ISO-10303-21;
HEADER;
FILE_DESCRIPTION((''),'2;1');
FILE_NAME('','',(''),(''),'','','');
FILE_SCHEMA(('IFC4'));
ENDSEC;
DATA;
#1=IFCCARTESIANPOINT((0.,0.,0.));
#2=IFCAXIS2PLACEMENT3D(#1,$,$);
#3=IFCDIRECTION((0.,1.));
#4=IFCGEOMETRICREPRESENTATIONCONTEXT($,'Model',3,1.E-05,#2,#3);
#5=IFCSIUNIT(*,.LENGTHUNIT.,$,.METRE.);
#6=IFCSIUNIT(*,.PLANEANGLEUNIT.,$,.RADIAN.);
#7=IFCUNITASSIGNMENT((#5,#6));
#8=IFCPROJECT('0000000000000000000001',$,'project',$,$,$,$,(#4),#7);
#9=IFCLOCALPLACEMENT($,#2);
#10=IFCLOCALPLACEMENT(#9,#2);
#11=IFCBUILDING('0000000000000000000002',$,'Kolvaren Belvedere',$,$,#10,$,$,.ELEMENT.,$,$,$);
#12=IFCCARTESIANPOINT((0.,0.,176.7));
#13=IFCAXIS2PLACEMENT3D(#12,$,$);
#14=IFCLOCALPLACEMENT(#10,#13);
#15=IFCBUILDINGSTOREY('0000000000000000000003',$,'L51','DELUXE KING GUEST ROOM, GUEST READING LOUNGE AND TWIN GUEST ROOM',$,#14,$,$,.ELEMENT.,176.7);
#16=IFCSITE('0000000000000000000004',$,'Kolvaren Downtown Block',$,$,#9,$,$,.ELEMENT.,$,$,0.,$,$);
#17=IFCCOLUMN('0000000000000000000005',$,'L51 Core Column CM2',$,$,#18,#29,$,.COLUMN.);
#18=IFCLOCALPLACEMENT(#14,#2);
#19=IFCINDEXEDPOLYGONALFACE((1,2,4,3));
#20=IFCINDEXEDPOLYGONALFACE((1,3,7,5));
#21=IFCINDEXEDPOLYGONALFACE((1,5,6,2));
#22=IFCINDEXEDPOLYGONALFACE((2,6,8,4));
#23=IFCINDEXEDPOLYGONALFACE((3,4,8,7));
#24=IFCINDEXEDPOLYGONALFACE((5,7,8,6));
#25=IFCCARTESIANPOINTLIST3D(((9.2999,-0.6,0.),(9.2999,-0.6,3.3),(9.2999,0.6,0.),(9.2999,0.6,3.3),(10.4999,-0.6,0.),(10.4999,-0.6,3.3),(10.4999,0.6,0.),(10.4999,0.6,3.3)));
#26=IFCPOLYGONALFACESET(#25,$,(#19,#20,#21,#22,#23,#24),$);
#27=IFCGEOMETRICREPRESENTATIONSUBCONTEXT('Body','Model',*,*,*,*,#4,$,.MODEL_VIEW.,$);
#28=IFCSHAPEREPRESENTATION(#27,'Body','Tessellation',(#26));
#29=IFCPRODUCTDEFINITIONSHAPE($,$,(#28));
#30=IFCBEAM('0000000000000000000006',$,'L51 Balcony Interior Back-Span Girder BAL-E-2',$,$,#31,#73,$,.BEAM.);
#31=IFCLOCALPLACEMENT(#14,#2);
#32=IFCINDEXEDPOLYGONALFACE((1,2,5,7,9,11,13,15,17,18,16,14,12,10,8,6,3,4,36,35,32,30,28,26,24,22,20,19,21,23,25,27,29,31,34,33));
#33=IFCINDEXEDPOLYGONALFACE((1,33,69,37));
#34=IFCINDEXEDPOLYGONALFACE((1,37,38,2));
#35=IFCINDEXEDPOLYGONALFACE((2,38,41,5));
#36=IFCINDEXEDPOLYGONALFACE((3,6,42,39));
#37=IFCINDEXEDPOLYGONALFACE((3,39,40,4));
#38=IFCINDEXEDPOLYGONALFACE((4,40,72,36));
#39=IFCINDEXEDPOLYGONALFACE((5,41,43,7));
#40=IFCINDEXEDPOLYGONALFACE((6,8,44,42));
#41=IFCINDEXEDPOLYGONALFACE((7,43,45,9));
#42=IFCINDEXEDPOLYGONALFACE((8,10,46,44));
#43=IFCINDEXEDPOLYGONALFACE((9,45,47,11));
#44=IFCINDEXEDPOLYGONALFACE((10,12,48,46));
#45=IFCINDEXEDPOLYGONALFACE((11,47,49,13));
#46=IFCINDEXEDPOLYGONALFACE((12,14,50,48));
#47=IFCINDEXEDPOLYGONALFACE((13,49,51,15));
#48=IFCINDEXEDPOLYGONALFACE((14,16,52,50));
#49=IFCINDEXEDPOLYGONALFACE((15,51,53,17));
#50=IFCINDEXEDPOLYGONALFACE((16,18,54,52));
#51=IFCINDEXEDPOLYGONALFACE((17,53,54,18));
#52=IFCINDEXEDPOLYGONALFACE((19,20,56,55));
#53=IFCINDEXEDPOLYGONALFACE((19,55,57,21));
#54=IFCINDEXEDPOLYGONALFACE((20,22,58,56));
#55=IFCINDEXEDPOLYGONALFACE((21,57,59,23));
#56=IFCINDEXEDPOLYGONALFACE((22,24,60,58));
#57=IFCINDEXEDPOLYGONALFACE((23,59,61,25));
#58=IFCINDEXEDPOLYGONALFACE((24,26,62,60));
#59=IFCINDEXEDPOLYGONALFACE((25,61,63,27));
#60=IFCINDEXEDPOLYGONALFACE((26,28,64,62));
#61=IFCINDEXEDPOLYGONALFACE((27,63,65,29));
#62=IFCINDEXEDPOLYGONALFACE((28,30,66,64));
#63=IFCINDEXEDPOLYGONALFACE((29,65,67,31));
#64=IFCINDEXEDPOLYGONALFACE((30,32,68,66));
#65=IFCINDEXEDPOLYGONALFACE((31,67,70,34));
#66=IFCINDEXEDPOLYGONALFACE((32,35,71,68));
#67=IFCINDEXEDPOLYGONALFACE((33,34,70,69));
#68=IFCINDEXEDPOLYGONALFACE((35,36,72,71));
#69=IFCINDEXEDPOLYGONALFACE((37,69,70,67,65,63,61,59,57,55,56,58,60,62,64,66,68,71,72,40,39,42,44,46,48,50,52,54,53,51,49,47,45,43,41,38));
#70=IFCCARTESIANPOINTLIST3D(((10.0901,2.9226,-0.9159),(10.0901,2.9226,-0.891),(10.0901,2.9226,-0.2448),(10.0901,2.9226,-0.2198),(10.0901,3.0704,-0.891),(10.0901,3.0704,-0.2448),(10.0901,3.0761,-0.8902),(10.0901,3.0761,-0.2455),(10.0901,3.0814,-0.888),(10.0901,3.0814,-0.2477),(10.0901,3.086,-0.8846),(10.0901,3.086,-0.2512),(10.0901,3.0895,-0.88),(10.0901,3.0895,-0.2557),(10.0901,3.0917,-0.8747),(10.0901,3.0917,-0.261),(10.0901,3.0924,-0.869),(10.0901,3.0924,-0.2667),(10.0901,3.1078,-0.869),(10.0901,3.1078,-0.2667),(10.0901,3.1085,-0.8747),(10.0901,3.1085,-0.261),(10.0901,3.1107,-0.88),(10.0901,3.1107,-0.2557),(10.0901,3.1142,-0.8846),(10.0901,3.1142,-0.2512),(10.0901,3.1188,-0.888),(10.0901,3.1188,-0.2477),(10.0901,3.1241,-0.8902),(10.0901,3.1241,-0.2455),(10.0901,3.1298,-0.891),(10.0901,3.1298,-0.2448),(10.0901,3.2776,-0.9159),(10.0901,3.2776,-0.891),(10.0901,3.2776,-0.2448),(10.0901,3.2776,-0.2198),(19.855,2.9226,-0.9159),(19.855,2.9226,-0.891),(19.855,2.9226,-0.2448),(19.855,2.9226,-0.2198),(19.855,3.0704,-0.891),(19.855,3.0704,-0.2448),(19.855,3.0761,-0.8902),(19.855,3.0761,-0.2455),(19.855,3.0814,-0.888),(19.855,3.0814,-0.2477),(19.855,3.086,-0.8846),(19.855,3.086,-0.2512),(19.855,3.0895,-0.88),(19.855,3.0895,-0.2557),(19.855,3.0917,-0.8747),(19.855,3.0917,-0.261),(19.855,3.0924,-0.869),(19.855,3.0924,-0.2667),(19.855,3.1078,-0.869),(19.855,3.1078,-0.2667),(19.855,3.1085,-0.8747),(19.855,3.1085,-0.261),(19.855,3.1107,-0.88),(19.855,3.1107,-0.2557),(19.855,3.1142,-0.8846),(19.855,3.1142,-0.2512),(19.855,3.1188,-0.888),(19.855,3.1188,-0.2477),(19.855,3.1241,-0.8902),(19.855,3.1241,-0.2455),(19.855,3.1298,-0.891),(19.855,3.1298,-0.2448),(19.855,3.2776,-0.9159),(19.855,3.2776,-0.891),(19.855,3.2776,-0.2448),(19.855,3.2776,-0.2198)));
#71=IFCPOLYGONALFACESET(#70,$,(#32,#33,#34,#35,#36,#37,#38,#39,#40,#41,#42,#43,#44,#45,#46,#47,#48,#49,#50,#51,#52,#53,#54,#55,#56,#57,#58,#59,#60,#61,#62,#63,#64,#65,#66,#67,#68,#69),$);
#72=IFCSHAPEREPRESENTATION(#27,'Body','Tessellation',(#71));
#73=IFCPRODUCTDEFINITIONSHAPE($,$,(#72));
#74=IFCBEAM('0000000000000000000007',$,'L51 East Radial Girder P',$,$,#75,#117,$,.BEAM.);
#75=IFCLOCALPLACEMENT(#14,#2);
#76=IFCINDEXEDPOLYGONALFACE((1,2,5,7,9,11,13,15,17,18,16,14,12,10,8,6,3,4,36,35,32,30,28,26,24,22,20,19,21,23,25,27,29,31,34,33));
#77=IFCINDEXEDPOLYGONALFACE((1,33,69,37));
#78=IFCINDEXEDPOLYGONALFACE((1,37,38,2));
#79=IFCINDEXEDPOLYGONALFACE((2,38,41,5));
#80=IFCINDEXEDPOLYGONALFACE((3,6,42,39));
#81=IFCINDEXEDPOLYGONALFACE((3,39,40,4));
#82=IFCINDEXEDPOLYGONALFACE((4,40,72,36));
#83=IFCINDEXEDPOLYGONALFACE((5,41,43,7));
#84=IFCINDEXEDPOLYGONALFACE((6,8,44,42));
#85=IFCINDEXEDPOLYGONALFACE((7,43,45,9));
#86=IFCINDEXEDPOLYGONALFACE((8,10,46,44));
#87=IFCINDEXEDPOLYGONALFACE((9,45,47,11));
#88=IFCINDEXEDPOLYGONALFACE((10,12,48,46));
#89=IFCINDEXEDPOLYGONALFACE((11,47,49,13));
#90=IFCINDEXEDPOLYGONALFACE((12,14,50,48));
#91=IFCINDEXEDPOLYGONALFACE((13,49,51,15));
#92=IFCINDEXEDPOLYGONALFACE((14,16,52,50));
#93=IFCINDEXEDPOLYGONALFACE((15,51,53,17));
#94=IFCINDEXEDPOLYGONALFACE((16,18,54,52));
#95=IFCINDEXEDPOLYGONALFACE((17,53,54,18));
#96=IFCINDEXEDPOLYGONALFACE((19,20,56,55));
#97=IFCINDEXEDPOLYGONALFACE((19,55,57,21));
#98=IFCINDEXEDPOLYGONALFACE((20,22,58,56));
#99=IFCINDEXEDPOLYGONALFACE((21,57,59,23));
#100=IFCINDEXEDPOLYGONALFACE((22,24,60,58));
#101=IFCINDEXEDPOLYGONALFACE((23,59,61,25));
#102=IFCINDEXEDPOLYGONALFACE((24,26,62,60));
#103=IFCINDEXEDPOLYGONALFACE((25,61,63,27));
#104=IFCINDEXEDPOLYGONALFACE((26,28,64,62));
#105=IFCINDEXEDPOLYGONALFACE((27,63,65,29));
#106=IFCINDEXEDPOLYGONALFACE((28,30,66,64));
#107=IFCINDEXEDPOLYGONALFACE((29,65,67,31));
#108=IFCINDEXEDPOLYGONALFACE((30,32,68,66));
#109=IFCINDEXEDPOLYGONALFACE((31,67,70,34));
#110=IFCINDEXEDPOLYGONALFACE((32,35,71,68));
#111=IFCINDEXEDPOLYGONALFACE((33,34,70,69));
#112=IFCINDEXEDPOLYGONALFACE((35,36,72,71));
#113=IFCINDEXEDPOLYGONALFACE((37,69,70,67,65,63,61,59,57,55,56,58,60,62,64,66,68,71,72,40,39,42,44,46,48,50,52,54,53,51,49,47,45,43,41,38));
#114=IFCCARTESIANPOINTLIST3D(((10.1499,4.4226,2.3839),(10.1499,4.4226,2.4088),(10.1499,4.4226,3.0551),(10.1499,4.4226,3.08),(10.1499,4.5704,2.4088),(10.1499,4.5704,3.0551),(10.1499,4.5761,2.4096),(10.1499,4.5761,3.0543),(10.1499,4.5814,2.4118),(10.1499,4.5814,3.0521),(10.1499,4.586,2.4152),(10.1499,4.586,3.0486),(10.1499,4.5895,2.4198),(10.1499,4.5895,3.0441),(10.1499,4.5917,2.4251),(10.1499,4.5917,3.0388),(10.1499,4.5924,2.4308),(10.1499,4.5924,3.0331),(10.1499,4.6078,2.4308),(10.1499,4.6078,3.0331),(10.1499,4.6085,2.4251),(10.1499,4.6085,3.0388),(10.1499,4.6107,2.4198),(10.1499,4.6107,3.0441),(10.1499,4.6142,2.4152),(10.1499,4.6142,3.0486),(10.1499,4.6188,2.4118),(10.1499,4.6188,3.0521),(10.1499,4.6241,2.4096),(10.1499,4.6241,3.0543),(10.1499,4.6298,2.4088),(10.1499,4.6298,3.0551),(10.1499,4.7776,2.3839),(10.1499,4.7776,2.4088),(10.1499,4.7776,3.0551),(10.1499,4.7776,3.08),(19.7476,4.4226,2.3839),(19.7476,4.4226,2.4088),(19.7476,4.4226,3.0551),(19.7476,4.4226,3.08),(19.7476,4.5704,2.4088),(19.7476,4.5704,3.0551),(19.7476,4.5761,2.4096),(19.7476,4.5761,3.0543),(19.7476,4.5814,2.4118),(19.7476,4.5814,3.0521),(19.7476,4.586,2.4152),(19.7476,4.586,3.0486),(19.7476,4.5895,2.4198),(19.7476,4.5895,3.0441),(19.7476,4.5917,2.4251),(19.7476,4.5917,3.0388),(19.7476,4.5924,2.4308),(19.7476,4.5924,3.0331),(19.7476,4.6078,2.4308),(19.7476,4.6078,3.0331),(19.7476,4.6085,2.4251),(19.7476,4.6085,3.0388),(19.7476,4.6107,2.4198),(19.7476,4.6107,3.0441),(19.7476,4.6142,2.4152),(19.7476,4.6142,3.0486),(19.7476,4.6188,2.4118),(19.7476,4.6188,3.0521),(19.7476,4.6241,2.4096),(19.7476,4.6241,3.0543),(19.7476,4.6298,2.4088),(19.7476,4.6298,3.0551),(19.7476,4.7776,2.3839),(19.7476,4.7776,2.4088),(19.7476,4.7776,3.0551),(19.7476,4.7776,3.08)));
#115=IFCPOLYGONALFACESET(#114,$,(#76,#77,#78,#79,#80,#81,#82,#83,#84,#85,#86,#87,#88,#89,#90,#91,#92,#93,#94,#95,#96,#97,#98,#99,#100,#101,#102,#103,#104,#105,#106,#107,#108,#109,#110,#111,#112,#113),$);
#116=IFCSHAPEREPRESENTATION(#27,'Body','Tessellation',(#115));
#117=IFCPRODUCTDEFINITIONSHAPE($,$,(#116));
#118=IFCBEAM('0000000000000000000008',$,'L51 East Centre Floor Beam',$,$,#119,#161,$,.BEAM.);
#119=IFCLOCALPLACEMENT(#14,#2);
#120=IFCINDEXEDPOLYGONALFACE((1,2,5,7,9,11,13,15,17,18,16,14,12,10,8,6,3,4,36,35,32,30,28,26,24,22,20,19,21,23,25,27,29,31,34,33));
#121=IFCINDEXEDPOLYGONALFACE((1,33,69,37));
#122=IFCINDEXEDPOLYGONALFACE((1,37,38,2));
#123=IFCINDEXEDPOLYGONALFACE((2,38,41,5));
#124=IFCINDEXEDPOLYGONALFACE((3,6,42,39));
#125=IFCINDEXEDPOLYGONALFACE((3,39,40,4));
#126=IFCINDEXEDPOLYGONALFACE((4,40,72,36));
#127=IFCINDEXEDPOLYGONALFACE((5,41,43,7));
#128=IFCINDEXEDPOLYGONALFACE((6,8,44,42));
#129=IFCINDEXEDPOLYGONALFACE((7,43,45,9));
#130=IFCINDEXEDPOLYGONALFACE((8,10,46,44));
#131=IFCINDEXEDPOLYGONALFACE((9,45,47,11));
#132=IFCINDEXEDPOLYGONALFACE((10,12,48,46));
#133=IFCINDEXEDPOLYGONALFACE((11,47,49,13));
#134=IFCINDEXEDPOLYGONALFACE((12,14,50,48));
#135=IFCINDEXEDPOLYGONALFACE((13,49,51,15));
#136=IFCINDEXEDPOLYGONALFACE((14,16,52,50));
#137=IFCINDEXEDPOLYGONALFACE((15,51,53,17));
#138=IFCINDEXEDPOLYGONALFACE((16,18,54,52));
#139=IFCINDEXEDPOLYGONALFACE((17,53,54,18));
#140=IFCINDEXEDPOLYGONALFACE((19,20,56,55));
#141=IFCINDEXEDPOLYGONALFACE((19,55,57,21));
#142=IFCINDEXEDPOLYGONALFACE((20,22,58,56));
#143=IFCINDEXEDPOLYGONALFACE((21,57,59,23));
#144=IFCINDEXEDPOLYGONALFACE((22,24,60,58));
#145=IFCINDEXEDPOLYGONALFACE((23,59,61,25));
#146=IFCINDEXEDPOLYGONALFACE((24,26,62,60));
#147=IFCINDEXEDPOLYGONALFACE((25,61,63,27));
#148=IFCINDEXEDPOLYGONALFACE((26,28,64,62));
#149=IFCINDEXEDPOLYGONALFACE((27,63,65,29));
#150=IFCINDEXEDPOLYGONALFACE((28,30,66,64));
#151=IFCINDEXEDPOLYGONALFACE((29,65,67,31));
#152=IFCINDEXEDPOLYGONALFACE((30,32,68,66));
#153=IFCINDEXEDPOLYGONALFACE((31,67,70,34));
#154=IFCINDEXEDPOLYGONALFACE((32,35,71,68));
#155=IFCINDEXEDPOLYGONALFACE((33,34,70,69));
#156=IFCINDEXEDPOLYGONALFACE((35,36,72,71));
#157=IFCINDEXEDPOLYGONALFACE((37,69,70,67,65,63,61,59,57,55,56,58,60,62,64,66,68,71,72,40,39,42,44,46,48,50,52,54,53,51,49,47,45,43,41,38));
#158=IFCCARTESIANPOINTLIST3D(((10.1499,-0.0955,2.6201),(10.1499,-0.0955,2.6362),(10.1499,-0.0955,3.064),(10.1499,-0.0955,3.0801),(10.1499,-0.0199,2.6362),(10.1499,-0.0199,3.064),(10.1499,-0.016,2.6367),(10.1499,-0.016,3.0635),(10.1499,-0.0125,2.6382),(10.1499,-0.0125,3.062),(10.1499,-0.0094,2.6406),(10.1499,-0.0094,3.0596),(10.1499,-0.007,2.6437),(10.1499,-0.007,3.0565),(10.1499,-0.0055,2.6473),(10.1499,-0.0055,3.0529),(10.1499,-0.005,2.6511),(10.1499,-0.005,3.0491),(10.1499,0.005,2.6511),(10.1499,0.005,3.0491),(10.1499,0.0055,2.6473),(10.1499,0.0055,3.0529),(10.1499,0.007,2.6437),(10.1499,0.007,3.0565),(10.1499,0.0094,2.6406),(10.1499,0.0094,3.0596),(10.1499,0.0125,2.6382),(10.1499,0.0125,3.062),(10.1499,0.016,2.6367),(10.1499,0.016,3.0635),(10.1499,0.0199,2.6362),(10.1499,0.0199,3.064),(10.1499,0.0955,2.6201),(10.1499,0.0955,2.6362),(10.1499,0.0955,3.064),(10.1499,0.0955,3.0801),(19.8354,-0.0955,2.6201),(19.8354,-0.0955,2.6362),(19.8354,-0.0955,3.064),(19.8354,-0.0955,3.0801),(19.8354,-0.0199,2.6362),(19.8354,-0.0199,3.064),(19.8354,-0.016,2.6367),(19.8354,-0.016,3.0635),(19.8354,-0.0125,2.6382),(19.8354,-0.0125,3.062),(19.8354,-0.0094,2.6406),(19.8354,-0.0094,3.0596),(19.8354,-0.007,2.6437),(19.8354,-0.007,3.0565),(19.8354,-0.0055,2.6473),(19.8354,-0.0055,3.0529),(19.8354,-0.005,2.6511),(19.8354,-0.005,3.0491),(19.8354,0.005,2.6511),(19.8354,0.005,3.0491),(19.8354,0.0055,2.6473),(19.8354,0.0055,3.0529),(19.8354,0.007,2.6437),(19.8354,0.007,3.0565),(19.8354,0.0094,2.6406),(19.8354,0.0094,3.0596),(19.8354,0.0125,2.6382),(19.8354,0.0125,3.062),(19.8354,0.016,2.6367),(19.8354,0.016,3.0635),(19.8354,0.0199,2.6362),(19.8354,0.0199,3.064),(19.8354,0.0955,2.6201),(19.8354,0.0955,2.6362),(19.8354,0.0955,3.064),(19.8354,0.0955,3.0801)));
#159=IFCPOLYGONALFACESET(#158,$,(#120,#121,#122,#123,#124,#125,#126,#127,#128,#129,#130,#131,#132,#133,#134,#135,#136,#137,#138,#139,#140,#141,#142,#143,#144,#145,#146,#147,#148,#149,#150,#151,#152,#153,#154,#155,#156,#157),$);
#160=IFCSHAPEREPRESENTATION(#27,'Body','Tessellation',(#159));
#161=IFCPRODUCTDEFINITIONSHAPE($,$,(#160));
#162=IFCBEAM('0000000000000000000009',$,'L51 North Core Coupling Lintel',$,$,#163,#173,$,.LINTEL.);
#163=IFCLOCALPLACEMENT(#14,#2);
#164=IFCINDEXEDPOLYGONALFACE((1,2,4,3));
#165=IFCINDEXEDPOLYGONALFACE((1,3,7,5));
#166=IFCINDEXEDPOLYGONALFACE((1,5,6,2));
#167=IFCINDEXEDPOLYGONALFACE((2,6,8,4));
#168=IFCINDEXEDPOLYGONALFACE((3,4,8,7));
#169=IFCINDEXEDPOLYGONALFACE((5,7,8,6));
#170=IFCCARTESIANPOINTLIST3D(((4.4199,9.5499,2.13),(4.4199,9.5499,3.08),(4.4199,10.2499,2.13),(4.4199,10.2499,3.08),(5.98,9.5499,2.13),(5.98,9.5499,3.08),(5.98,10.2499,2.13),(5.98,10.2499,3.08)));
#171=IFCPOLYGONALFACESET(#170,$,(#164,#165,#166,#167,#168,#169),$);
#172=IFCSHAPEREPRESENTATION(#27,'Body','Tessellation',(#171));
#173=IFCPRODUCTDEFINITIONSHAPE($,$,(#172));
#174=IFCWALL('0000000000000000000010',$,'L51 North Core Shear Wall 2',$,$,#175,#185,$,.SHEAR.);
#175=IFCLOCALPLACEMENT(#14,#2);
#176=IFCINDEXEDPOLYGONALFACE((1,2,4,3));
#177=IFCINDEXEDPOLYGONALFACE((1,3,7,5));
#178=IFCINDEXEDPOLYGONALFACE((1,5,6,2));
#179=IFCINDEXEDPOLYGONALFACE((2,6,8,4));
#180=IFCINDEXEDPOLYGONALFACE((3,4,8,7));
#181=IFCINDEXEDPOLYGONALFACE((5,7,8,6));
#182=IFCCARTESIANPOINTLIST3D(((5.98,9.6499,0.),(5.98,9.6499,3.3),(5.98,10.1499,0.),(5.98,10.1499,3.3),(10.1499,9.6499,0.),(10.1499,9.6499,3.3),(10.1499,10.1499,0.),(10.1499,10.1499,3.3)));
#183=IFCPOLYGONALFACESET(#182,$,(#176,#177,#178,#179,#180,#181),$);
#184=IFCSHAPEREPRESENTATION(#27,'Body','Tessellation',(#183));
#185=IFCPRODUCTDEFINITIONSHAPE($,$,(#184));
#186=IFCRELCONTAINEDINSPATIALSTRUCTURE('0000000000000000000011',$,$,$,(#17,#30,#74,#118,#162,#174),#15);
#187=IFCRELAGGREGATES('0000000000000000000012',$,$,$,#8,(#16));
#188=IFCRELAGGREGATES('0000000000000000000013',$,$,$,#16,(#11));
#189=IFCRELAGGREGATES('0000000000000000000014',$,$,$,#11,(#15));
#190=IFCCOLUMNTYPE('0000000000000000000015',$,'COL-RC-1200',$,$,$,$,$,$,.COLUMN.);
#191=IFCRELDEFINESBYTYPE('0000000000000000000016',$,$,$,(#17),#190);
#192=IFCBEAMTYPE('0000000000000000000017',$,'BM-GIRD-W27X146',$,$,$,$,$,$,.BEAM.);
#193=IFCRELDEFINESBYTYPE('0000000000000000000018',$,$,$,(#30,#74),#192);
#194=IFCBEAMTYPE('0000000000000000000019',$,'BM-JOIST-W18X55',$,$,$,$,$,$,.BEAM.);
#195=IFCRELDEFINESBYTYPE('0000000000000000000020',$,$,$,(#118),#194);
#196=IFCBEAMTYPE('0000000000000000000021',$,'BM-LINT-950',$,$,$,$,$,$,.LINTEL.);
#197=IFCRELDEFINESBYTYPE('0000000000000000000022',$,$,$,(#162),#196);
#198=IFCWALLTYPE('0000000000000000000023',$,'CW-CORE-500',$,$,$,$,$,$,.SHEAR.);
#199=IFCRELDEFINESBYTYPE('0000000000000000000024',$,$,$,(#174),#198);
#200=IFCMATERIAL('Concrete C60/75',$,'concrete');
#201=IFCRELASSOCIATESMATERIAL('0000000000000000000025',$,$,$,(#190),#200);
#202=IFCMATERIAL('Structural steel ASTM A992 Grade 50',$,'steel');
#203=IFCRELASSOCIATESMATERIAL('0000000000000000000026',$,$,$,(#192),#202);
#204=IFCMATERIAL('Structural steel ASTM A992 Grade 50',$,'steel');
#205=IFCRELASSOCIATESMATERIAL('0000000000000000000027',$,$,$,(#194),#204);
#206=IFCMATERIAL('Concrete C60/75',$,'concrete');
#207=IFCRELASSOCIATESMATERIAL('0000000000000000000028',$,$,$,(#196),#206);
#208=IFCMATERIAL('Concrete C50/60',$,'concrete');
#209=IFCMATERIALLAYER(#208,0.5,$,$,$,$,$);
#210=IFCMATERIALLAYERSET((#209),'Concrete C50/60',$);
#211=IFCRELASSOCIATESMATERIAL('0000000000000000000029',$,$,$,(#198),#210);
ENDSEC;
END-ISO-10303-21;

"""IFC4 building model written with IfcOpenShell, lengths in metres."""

from ifc_helpers import new_model, si_unit, direction, frame, frame_2d, origin, origin_2d, place, context, subcontext, project, spatial, rectangle, i_section, extrude, material, layer, layer_set, material_profile, profile_set, type_object, element, save


model = new_model("IFC4")

# Units and contexts
model_context = context("Model", 3, precision=1e-05, world=origin(), true_north=direction((0.0, 1.0)))
body_context = subcontext(model_context, "Body", "Model", "MODEL_VIEW")
ifc_project = project(units=[si_unit("LENGTHUNIT", "METRE"), si_unit("PLANEANGLEUNIT", "RADIAN")], contexts=[model_context])

# Site, building, storey
site_placement = place(None, origin())
site = spatial("IfcSite", under=ifc_project, at=site_placement, Name="Kolvaren Downtown Block", CompositionType="ELEMENT", RefElevation=0.0)
building_placement = place(site_placement, origin())
building = spatial("IfcBuilding", under=site, at=building_placement, Name="Kolvaren Belvedere", CompositionType="ELEMENT")
storey_placement = place(building_placement, frame((0.0, 0.0, 176.7)))
storey = spatial("IfcBuildingStorey", under=building, at=storey_placement, Name="L51", Description="DELUXE KING GUEST ROOM, GUEST READING LOUNGE AND TWIN GUEST ROOM", CompositionType="ELEMENT", Elevation=176.7)

# Column
ifc_material_1 = material(Name="Concrete C60/75", Category="concrete")
ifc_material_profile_1 = material_profile(ifc_material_1, rectangle(XDim=1.2, YDim=1.2, at=origin_2d()), Name="RC 1200X1200")
ifc_profile_set_1 = profile_set([ifc_material_profile_1], Name="Concrete C60/75")
column_type = type_object("IfcColumnType", Name="COL-RC-1200", PredefinedType="COLUMN", material=ifc_profile_set_1)
column_placement = place(storey_placement, frame((9.8999, 0.0, 0.0), z_axis=(0.0, 0.0, 1.0), x_axis=(1.0, 0.0, 0.0)))
element("IfcColumn", 1, at=column_placement, inside=storey, type_object=column_type, Name="L51 Core Column CM2", PredefinedType="COLUMN", context=body_context, shape_type="SweptSolid", body=[
    extrude(rectangle(XDim=1.2, YDim=1.2, at=origin_2d()), origin(), (0.0, 0.0, 1.0), 3.3),
])

# Beams
ifc_material_2 = material(Name="Structural steel ASTM A992 Grade 50", Category="steel")
ifc_material_profile_2 = material_profile(ifc_material_2, i_section(OverallWidth=0.355, OverallDepth=0.696, WebThickness=0.0154, FlangeThickness=0.0249, FilletRadius=0.022, at=origin_2d()), Name="W27X146")
ifc_profile_set_2 = profile_set([ifc_material_profile_2], Name="Structural steel ASTM A992 Grade 50")
beam_type_1 = type_object("IfcBeamType", Name="BM-GIRD-W27X146", PredefinedType="BEAM", material=ifc_profile_set_2)
beam_1_placement = place(storey_placement, frame((10.0901, 3.1001, -0.5679), z_axis=(1.0, 0.0, 0.0), x_axis=(0.0, 1.0, 0.0)))
element("IfcBeam", 2, at=beam_1_placement, inside=storey, type_object=beam_type_1, Name="L51 Balcony Interior Back-Span Girder BAL-E-2", PredefinedType="BEAM", context=body_context, shape_type="SweptSolid", body=[
    extrude(i_section(OverallWidth=0.355, OverallDepth=0.696, WebThickness=0.0154, FlangeThickness=0.0249, FilletRadius=0.022, at=origin_2d()), origin(), (0.0, 0.0, 1.0), 9.7649),
])
beam_2_placement = place(storey_placement, frame((10.1499, 4.6001, 2.7319), z_axis=(1.0, 0.0, 0.0), x_axis=(0.0, 1.0, 0.0)))
element("IfcBeam", 3, at=beam_2_placement, inside=storey, type_object=beam_type_1, Name="L51 East Radial Girder P", PredefinedType="BEAM", context=body_context, shape_type="SweptSolid", body=[
    extrude(i_section(OverallWidth=0.355, OverallDepth=0.696, WebThickness=0.0154, FlangeThickness=0.0249, FilletRadius=0.022, at=origin_2d()), origin(), (0.0, 0.0, 1.0), 9.5977),
])
ifc_material_3 = material(Name="Structural steel ASTM A992 Grade 50", Category="steel")
ifc_material_profile_3 = material_profile(ifc_material_3, i_section(OverallWidth=0.1909, OverallDepth=0.46, WebThickness=0.01, FlangeThickness=0.0161, FilletRadius=0.0149, at=origin_2d()), Name="W18X55")
ifc_profile_set_3 = profile_set([ifc_material_profile_3], Name="Structural steel ASTM A992 Grade 50")
beam_type_2 = type_object("IfcBeamType", Name="BM-JOIST-W18X55", PredefinedType="BEAM", material=ifc_profile_set_3)
beam_3_placement = place(storey_placement, frame((10.1499, 0.0, 2.8501), z_axis=(1.0, 0.0, 0.0), x_axis=(0.0, 1.0, 0.0)))
element("IfcBeam", 4, at=beam_3_placement, inside=storey, type_object=beam_type_2, Name="L51 East Centre Floor Beam", PredefinedType="BEAM", context=body_context, shape_type="SweptSolid", body=[
    extrude(i_section(OverallWidth=0.1909, OverallDepth=0.46, WebThickness=0.01, FlangeThickness=0.0161, FilletRadius=0.0149, at=origin_2d()), origin(), (0.0, 0.0, 1.0), 9.6855),
])
ifc_material_4 = material(Name="Concrete C60/75", Category="concrete")
ifc_material_profile_4 = material_profile(ifc_material_4, rectangle(XDim=0.7, YDim=0.95, at=origin_2d()), Name="RC 700X950")
ifc_profile_set_4 = profile_set([ifc_material_profile_4], Name="Concrete C60/75")
beam_type_3 = type_object("IfcBeamType", Name="BM-LINT-950", PredefinedType="LINTEL", material=ifc_profile_set_4)
beam_4_placement = place(storey_placement, frame((4.4199, 9.8999, 2.605), z_axis=(1.0, 0.0, 0.0), x_axis=(0.0, 1.0, 0.0)))
element("IfcBeam", 5, at=beam_4_placement, inside=storey, type_object=beam_type_3, Name="L51 North Core Coupling Lintel", PredefinedType="LINTEL", context=body_context, shape_type="SweptSolid", body=[
    extrude(rectangle(XDim=0.7, YDim=0.95, at=origin_2d()), origin(), (0.0, 0.0, 1.0), 1.5601),
])

# Wall
ifc_material_5 = material(Name="Concrete C50/60", Category="concrete")
ifc_layer_1 = layer(ifc_material_5, 0.5)
ifc_layer_set_1 = layer_set([ifc_layer_1], Name="Concrete C50/60")
wall_type_1 = type_object("IfcWallType", Name="CW-CORE-500", PredefinedType="SHEAR", material=ifc_layer_set_1)
wall_1_placement = place(storey_placement, frame((5.98, 9.8999, 0.0), z_axis=(0.0, 0.0, 1.0), x_axis=(1.0, 0.0, 0.0)))
element("IfcWall", 6, at=wall_1_placement, inside=storey, type_object=wall_type_1, Name="L51 North Core Shear Wall 2", PredefinedType="SHEAR", context=body_context, shape_type="SweptSolid", body=[
    extrude(rectangle(XDim=4.1699, YDim=0.5, at=frame_2d((2.085, 0.0))), origin(), (0.0, 0.0, 1.0), 3.3),
])

save(model, "model.ifc")
